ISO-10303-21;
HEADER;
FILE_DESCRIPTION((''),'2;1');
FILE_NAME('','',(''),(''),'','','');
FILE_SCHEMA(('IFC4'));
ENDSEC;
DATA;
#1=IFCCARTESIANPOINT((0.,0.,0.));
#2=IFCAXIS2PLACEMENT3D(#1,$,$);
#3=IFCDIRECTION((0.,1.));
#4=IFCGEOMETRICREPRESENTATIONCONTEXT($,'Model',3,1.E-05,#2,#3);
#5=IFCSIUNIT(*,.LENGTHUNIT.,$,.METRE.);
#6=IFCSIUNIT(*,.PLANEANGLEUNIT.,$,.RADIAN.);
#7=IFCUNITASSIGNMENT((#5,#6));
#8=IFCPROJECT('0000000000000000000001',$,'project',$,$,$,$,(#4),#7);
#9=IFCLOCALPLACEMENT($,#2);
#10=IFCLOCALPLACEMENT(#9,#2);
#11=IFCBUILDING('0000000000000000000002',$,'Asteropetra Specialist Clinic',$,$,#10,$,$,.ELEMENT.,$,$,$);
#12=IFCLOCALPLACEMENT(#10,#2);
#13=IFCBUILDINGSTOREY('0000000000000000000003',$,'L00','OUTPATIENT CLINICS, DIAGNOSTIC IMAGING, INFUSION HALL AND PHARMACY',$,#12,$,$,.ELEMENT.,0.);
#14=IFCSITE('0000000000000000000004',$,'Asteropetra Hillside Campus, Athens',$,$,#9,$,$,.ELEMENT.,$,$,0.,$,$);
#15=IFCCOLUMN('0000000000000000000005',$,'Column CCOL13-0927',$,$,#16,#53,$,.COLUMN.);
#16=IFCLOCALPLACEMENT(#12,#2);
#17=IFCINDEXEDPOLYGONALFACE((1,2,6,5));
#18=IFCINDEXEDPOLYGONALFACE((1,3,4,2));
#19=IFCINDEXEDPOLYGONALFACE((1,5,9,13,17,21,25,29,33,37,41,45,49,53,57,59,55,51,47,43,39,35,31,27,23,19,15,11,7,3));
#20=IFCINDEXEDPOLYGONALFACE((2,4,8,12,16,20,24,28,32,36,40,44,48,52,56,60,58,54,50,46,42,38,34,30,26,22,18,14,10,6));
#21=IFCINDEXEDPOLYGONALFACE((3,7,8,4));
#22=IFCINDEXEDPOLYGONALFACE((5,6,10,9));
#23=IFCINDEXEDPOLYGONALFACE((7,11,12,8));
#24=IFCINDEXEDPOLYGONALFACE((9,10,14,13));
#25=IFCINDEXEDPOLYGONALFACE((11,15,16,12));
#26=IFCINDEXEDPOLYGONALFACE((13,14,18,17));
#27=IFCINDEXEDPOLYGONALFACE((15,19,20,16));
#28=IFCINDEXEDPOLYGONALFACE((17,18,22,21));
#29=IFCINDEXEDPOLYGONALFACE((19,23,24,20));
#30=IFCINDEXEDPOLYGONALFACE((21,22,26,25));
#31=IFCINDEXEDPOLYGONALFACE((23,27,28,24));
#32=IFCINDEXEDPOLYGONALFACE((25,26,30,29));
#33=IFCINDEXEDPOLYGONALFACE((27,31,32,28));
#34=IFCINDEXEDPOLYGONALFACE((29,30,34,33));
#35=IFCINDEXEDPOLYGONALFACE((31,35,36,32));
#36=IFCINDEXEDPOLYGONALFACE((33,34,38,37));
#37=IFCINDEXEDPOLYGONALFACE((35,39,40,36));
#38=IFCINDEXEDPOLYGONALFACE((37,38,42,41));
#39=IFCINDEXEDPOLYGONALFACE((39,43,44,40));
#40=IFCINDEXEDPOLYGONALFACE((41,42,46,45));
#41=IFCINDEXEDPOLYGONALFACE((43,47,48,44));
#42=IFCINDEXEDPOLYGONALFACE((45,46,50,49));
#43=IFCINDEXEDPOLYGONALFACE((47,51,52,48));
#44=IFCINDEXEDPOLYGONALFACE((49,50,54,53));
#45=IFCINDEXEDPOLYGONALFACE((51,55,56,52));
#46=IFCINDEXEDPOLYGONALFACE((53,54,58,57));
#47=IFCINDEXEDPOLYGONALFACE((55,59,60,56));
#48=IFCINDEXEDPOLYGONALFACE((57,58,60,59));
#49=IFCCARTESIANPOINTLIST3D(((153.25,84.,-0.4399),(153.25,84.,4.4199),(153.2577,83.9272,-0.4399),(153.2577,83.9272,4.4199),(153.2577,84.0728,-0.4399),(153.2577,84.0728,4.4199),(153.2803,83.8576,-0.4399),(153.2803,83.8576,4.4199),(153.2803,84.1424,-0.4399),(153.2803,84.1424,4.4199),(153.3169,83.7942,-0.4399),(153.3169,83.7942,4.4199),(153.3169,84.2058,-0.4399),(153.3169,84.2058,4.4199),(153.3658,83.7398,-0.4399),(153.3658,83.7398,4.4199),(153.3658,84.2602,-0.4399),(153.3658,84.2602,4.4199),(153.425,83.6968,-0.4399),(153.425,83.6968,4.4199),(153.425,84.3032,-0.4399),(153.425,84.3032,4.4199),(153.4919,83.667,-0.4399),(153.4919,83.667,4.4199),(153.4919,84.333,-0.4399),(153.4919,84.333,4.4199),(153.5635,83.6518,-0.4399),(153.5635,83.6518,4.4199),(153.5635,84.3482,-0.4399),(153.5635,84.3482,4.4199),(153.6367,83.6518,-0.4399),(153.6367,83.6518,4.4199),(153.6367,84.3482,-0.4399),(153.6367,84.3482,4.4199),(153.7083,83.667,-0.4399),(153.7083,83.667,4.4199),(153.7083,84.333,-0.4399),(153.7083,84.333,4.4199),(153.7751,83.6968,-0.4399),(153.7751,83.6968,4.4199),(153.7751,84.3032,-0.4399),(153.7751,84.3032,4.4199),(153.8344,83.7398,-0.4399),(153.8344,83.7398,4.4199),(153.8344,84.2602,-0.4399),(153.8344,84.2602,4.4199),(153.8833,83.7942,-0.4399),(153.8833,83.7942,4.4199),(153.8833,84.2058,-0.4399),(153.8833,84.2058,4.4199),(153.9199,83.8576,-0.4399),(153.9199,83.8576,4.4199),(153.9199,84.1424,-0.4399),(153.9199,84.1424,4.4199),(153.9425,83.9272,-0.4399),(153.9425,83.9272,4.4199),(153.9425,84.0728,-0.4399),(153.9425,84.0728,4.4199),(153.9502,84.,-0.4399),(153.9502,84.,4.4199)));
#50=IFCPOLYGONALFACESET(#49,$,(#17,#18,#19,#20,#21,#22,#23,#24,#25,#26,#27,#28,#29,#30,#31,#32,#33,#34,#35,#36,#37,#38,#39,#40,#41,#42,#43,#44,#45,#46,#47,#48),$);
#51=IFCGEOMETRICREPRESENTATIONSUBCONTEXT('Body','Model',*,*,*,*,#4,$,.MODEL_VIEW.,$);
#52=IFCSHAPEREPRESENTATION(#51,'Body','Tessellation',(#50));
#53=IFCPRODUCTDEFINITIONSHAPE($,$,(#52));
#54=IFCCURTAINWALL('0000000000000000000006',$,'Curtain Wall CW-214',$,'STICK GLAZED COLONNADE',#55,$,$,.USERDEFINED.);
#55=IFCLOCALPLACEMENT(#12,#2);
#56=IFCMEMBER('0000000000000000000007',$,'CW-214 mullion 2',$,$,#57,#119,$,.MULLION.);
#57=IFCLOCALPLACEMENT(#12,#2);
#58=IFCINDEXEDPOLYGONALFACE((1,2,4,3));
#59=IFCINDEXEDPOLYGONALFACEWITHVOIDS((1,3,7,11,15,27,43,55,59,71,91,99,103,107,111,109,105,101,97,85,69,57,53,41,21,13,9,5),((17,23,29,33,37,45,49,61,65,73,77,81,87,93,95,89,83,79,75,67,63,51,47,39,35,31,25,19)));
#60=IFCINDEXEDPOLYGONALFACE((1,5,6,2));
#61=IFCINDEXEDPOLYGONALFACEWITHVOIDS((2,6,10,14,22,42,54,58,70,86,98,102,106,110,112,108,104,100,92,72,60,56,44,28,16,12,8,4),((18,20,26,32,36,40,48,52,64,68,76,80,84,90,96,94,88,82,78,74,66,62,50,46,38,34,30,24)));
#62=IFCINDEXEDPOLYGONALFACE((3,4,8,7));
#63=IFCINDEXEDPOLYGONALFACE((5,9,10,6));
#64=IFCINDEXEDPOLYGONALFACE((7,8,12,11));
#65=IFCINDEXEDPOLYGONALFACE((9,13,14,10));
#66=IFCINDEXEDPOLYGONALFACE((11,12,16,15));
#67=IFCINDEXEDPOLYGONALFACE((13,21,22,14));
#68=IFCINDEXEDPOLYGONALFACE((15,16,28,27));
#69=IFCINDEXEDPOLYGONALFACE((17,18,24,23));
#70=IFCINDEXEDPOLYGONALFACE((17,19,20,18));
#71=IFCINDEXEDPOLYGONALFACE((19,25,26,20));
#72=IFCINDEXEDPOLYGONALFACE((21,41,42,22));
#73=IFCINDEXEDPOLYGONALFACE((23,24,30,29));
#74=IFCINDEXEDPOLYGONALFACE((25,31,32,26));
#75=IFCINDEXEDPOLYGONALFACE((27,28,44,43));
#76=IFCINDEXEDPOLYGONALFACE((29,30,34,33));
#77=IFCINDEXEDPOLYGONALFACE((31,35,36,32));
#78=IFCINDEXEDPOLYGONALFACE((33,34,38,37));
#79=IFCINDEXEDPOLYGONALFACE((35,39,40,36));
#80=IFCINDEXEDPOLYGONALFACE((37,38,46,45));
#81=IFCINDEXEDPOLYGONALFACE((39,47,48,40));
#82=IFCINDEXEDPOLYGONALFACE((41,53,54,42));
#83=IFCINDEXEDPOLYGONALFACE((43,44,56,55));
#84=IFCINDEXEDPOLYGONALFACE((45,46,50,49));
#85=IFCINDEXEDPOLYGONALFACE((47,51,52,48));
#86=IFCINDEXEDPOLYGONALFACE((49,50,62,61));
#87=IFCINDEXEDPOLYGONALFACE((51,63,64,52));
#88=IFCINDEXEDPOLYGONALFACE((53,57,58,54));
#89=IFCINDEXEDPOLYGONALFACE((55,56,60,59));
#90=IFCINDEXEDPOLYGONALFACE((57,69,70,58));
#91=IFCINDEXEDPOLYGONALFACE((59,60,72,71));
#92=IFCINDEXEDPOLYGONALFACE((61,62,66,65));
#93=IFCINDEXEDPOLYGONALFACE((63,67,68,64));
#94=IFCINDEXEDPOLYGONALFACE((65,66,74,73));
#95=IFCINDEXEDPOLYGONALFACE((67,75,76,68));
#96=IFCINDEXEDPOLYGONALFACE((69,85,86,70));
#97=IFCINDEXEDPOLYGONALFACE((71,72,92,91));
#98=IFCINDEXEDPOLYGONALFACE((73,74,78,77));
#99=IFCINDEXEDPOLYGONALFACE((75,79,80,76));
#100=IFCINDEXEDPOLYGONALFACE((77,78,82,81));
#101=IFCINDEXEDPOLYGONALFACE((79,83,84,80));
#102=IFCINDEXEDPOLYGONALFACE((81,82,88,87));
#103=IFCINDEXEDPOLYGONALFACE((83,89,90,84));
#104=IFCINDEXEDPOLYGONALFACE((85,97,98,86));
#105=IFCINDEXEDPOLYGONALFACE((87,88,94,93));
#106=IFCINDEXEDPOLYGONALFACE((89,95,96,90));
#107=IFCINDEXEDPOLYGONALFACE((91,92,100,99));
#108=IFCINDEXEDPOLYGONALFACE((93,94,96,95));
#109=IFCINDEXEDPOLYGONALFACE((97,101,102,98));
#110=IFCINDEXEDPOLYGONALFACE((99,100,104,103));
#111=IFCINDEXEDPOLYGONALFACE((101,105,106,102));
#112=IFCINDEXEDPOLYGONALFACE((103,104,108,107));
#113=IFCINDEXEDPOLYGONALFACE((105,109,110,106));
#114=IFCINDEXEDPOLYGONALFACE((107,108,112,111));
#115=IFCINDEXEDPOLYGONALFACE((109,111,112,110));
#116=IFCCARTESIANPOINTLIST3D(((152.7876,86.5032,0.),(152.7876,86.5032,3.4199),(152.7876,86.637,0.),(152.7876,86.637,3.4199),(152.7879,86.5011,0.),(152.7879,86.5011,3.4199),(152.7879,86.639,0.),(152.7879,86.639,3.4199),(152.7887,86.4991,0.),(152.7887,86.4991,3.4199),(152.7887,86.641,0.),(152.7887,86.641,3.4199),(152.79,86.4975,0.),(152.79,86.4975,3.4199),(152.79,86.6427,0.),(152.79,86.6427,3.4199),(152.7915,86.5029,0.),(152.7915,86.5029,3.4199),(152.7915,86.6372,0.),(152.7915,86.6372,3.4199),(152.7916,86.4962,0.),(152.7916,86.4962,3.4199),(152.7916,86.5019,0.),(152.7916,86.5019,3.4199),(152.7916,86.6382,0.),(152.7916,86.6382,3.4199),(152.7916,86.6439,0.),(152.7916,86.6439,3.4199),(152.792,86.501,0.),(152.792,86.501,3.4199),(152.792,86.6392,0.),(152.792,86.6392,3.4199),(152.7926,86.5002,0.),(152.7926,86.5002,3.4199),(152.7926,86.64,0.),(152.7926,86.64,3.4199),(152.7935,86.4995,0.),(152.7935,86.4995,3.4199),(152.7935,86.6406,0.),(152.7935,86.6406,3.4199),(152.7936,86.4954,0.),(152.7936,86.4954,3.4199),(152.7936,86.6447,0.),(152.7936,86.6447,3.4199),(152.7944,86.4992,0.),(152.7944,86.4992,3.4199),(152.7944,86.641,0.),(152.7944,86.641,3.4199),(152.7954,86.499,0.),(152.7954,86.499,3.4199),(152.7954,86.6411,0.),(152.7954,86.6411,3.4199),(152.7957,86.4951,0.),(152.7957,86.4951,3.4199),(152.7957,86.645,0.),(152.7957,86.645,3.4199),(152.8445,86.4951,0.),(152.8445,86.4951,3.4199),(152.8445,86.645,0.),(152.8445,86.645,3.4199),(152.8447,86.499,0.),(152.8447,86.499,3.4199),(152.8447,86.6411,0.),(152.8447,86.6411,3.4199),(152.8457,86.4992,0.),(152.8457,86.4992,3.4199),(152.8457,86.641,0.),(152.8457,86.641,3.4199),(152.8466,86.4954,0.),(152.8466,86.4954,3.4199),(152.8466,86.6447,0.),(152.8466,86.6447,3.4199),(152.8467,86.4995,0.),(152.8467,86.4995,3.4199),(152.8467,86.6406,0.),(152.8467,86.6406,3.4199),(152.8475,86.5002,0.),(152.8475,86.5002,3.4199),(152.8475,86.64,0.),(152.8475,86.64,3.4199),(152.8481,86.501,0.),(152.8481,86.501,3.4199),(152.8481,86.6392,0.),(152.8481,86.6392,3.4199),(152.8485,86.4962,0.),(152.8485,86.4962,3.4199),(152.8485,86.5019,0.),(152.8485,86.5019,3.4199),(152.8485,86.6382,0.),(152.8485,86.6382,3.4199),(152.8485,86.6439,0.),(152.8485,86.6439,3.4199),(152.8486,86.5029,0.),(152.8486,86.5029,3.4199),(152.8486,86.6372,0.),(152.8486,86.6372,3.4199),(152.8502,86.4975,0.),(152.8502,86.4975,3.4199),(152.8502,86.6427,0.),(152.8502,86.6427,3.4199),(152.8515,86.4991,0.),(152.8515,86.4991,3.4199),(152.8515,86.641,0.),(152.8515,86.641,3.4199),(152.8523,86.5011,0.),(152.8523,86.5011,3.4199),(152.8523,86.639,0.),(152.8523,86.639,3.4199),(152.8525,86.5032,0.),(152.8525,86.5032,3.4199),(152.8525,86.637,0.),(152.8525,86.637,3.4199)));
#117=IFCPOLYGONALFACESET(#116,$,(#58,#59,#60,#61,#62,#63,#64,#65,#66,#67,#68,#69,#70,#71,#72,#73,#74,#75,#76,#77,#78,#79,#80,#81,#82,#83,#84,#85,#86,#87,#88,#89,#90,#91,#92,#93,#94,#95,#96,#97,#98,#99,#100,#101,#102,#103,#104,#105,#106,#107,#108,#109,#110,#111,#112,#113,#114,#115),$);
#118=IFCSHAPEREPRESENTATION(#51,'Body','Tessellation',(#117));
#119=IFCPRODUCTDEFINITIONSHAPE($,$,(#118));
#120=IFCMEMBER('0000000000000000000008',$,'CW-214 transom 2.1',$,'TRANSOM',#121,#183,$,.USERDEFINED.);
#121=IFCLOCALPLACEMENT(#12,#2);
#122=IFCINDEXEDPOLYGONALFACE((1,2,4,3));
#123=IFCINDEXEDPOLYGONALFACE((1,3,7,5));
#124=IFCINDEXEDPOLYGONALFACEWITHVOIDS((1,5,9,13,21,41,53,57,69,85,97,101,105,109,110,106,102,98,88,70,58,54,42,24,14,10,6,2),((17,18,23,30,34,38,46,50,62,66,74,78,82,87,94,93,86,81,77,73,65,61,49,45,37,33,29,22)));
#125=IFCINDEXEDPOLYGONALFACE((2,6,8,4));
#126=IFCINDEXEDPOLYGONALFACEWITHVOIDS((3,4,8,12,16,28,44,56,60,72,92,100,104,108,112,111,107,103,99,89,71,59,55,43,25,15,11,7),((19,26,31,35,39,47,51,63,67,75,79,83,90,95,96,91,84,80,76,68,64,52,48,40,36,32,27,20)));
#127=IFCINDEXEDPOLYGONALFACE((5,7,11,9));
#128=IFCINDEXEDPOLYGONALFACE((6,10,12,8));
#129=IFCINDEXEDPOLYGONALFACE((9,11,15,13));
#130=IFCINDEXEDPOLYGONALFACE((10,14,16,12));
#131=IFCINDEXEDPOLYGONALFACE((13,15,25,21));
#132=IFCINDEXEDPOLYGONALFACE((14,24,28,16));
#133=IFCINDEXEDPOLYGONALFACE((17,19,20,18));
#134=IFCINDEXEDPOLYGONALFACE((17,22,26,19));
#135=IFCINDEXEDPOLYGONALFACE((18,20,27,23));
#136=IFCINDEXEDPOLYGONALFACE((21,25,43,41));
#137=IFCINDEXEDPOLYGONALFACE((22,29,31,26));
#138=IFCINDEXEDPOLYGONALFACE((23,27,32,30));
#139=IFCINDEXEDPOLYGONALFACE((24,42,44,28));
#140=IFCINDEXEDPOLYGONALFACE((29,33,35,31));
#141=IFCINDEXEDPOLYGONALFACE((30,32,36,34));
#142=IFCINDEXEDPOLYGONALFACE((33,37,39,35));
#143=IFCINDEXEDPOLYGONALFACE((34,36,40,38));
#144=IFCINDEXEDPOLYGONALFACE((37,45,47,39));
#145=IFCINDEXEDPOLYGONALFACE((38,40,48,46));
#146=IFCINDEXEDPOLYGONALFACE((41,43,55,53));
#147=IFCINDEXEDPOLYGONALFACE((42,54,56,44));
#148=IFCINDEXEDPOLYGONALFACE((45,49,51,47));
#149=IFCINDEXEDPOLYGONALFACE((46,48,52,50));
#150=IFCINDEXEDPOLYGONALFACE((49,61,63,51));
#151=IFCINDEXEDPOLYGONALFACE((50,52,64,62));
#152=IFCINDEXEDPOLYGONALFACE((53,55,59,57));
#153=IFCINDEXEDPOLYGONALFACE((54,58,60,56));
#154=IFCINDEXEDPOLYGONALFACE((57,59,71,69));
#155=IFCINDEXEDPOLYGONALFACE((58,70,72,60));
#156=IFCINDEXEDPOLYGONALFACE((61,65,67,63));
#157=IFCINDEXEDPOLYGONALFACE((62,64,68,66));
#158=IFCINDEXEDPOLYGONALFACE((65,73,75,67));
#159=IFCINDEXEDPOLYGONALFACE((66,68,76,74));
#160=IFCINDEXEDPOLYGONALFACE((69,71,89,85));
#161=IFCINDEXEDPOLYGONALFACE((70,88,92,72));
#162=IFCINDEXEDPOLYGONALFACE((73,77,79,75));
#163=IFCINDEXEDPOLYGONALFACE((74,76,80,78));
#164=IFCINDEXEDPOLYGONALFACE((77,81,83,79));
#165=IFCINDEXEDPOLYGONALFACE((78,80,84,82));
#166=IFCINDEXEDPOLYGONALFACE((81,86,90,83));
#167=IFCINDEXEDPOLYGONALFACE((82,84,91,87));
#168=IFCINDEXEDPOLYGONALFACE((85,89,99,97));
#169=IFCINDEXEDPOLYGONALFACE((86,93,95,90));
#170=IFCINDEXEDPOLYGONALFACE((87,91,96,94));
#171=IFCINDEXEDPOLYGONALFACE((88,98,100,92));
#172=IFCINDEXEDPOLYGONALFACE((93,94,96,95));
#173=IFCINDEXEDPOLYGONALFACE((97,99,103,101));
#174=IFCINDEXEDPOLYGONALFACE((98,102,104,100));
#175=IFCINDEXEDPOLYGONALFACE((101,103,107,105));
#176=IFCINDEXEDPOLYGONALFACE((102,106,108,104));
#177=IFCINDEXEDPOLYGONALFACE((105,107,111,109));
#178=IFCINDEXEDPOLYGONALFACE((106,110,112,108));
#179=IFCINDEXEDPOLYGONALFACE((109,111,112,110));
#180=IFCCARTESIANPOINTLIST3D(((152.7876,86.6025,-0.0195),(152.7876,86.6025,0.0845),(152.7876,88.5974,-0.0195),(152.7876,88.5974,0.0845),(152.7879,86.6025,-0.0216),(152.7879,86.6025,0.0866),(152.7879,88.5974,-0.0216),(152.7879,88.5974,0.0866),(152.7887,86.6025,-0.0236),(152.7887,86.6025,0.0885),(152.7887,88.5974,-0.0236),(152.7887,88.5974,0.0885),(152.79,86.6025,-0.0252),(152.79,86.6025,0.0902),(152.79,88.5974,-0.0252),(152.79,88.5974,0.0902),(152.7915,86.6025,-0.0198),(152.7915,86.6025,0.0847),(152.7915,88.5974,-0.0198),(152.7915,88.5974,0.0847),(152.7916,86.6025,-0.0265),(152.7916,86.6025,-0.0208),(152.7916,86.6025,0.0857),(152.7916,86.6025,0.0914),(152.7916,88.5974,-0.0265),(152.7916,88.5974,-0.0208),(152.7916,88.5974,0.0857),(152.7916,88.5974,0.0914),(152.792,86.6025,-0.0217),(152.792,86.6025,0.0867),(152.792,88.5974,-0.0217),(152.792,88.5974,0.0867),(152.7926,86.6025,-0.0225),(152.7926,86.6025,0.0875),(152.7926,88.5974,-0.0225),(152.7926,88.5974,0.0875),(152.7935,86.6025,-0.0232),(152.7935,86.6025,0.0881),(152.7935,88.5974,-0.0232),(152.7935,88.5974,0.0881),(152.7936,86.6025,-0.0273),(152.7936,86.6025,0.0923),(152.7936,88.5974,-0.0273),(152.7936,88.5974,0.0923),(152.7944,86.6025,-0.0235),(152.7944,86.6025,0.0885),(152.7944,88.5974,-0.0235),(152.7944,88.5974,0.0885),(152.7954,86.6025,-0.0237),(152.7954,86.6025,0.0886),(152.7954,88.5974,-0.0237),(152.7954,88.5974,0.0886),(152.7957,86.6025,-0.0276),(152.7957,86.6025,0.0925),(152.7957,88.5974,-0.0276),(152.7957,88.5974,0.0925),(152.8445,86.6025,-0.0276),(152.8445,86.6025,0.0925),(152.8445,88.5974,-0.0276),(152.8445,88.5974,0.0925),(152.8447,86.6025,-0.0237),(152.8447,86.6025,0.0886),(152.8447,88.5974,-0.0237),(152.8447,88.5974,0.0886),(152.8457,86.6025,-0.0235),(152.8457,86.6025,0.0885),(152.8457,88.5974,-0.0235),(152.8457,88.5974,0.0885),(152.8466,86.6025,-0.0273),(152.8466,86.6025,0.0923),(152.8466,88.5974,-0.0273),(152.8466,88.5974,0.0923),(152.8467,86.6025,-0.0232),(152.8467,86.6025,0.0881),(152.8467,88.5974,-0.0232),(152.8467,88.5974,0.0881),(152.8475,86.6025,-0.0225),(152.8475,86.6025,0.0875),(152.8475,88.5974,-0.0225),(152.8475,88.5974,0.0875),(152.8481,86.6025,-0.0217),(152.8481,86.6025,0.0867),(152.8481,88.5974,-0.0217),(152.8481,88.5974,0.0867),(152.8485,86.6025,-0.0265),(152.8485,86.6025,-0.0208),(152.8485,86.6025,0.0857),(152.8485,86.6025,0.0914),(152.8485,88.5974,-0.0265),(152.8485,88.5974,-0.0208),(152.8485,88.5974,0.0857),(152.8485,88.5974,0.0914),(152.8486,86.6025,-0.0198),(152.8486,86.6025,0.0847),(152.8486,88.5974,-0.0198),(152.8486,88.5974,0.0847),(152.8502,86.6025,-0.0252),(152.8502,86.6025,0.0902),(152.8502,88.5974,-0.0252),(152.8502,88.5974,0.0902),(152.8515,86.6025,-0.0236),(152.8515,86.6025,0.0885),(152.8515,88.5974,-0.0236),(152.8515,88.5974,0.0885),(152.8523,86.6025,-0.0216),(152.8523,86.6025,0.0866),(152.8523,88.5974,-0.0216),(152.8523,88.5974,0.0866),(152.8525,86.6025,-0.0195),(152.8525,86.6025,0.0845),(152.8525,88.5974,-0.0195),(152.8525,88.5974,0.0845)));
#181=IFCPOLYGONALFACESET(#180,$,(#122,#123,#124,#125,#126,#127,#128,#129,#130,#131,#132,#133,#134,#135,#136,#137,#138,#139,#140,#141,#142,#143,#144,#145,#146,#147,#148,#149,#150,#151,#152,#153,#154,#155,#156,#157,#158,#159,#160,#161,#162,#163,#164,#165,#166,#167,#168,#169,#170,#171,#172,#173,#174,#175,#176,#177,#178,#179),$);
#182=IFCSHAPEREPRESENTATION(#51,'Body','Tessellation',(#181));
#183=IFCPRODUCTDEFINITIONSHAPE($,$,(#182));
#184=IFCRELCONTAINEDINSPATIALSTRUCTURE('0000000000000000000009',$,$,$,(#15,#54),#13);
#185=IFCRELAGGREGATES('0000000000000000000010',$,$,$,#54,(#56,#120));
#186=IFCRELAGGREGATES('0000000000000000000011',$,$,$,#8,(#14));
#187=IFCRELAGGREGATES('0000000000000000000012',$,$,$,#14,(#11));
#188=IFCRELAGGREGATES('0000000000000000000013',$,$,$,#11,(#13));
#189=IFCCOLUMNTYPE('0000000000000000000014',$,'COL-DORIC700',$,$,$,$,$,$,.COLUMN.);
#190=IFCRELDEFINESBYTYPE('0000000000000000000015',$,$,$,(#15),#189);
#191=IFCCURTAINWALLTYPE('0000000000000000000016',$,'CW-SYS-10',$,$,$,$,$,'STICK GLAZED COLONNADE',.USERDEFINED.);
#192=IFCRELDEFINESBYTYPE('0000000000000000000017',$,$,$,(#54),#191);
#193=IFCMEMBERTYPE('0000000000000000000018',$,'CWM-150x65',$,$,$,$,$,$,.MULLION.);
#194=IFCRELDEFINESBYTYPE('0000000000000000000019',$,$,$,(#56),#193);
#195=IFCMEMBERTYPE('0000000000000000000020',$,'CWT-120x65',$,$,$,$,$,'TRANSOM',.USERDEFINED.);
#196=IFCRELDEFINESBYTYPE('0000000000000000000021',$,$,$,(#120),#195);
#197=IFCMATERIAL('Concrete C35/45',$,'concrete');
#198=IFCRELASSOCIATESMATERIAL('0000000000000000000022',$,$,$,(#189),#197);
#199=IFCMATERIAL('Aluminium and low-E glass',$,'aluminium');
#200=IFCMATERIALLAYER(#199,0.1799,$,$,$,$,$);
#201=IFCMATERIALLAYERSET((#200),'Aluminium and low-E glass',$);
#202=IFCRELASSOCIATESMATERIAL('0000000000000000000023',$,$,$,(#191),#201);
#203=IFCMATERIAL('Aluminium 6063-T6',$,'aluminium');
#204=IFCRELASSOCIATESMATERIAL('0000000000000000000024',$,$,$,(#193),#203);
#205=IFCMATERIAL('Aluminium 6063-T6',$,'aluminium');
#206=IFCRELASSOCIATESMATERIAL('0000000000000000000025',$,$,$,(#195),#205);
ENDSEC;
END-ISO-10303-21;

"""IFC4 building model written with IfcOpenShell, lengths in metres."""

from ifc_helpers import new_model, si_unit, direction, frame, origin, origin_2d, place, context, subcontext, project, spatial, hollow_rectangle, circle, extrude, material, layer, layer_set, material_profile, profile_set, type_object, element, aggregate, save


model = new_model("IFC4")

# Units and contexts
model_context = context("Model", 3, precision=1e-05, world=origin(), true_north=direction((0.0, 1.0)))
body_context = subcontext(model_context, "Body", "Model", "MODEL_VIEW")
ifc_project = project(units=[si_unit("LENGTHUNIT", "METRE"), si_unit("PLANEANGLEUNIT", "RADIAN")], contexts=[model_context])

# Site, building, storey
site_placement = place(None, origin())
site = spatial("IfcSite", under=ifc_project, at=site_placement, Name="Asteropetra Hillside Campus, Athens", CompositionType="ELEMENT", RefElevation=0.0)
building_placement = place(site_placement, origin())
building = spatial("IfcBuilding", under=site, at=building_placement, Name="Asteropetra Specialist Clinic", CompositionType="ELEMENT")
storey_placement = place(building_placement, origin())
storey = spatial("IfcBuildingStorey", under=building, at=storey_placement, Name="L00", Description="OUTPATIENT CLINICS, DIAGNOSTIC IMAGING, INFUSION HALL AND PHARMACY", CompositionType="ELEMENT", Elevation=0.0)

# Column
ifc_material_1 = material(Name="Concrete C35/45", Category="concrete")
ifc_material_profile_1 = material_profile(ifc_material_1, circle(Radius=0.3501, at=origin_2d()), Name="RCC D700")
ifc_profile_set_1 = profile_set([ifc_material_profile_1], Name="Concrete C35/45")
column_type = type_object("IfcColumnType", Name="COL-DORIC700", PredefinedType="COLUMN", material=ifc_profile_set_1)
for number, where, z_axis, x_axis, name in (
    (1, (153.6001, 84.0, -0.4399), (0.0, 0.0, 1.0), (1.0, 0.0, 0.0), "Column CCOL13-0927"),
):
    element("IfcColumn", number, at=place(storey_placement, frame(where, z_axis=z_axis, x_axis=x_axis)), inside=storey, type_object=column_type, Name=name, PredefinedType="COLUMN", context=body_context, shape_type="SweptSolid", body=[
        extrude(circle(Radius=0.3501, at=origin_2d()), origin(), (0.0, 0.0, 1.0), 4.8599),
    ])

# Curtain wall, members
ifc_material_2 = material(Name="Aluminium and low-E glass", Category="aluminium")
ifc_layer_1 = layer(ifc_material_2, 0.1799)
ifc_layer_set_1 = layer_set([ifc_layer_1], Name="Aluminium and low-E glass")
curtain_wall_type = type_object("IfcCurtainWallType", Name="CW-SYS-10", ElementType="STICK GLAZED COLONNADE", PredefinedType="USERDEFINED", material=ifc_layer_set_1)
curtain_wall_placement = place(storey_placement, origin())
curtain_wall = element("IfcCurtainWall", 2, at=curtain_wall_placement, inside=storey, type_object=curtain_wall_type, Name="Curtain Wall CW-214", ObjectType="STICK GLAZED COLONNADE", PredefinedType="USERDEFINED")
ifc_material_3 = material(Name="Aluminium 6063-T6", Category="aluminium")
ifc_material_profile_2 = material_profile(ifc_material_3, hollow_rectangle(XDim=0.0649, YDim=0.1499, WallThickness=0.0039, InnerFilletRadius=0.0039, OuterFilletRadius=0.0081, at=origin_2d()), Name="MUL 150x65x4.0")
ifc_profile_set_2 = profile_set([ifc_material_profile_2], Name="Aluminium 6063-T6")
member_type_1 = type_object("IfcMemberType", Name="CWM-150x65", PredefinedType="MULLION", material=ifc_profile_set_2)
member_1_placement = place(storey_placement, frame((152.8201, 86.5701, 0.0), z_axis=(0.0, 0.0, 1.0), x_axis=(-1.0, 0.0, 0.0)))
member_1 = element("IfcMember", 3, at=member_1_placement, type_object=member_type_1, Name="CW-214 mullion 2", PredefinedType="MULLION", context=body_context, shape_type="SweptSolid", body=[
    extrude(hollow_rectangle(XDim=0.0649, YDim=0.1499, WallThickness=0.0039, InnerFilletRadius=0.0039, OuterFilletRadius=0.0081, at=origin_2d()), origin(), (0.0, 0.0, 1.0), 3.4199),
])
ifc_material_4 = material(Name="Aluminium 6063-T6", Category="aluminium")
ifc_material_profile_3 = material_profile(ifc_material_4, hollow_rectangle(XDim=0.0649, YDim=0.1201, WallThickness=0.0039, InnerFilletRadius=0.0039, OuterFilletRadius=0.0081, at=origin_2d()), Name="TRN 120x65x4.0")
ifc_profile_set_3 = profile_set([ifc_material_profile_3], Name="Aluminium 6063-T6")
member_type_2 = type_object("IfcMemberType", Name="CWT-120x65", ElementType="TRANSOM", PredefinedType="USERDEFINED", material=ifc_profile_set_3)
member_2_placement = place(storey_placement, frame((152.8201, 86.6025, 0.0325), z_axis=(0.0, 1.0, 0.0), x_axis=(-1.0, 0.0, 0.0)))
member_2 = element("IfcMember", 4, at=member_2_placement, type_object=member_type_2, Name="CW-214 transom 2.1", ObjectType="TRANSOM", PredefinedType="USERDEFINED", context=body_context, shape_type="SweptSolid", body=[
    extrude(hollow_rectangle(XDim=0.0649, YDim=0.1201, WallThickness=0.0039, InnerFilletRadius=0.0039, OuterFilletRadius=0.0081, at=origin_2d()), origin(), (0.0, 0.0, 1.0), 1.9949),
])
aggregate(curtain_wall, [member_1, member_2])

save(model, "model.ifc")
